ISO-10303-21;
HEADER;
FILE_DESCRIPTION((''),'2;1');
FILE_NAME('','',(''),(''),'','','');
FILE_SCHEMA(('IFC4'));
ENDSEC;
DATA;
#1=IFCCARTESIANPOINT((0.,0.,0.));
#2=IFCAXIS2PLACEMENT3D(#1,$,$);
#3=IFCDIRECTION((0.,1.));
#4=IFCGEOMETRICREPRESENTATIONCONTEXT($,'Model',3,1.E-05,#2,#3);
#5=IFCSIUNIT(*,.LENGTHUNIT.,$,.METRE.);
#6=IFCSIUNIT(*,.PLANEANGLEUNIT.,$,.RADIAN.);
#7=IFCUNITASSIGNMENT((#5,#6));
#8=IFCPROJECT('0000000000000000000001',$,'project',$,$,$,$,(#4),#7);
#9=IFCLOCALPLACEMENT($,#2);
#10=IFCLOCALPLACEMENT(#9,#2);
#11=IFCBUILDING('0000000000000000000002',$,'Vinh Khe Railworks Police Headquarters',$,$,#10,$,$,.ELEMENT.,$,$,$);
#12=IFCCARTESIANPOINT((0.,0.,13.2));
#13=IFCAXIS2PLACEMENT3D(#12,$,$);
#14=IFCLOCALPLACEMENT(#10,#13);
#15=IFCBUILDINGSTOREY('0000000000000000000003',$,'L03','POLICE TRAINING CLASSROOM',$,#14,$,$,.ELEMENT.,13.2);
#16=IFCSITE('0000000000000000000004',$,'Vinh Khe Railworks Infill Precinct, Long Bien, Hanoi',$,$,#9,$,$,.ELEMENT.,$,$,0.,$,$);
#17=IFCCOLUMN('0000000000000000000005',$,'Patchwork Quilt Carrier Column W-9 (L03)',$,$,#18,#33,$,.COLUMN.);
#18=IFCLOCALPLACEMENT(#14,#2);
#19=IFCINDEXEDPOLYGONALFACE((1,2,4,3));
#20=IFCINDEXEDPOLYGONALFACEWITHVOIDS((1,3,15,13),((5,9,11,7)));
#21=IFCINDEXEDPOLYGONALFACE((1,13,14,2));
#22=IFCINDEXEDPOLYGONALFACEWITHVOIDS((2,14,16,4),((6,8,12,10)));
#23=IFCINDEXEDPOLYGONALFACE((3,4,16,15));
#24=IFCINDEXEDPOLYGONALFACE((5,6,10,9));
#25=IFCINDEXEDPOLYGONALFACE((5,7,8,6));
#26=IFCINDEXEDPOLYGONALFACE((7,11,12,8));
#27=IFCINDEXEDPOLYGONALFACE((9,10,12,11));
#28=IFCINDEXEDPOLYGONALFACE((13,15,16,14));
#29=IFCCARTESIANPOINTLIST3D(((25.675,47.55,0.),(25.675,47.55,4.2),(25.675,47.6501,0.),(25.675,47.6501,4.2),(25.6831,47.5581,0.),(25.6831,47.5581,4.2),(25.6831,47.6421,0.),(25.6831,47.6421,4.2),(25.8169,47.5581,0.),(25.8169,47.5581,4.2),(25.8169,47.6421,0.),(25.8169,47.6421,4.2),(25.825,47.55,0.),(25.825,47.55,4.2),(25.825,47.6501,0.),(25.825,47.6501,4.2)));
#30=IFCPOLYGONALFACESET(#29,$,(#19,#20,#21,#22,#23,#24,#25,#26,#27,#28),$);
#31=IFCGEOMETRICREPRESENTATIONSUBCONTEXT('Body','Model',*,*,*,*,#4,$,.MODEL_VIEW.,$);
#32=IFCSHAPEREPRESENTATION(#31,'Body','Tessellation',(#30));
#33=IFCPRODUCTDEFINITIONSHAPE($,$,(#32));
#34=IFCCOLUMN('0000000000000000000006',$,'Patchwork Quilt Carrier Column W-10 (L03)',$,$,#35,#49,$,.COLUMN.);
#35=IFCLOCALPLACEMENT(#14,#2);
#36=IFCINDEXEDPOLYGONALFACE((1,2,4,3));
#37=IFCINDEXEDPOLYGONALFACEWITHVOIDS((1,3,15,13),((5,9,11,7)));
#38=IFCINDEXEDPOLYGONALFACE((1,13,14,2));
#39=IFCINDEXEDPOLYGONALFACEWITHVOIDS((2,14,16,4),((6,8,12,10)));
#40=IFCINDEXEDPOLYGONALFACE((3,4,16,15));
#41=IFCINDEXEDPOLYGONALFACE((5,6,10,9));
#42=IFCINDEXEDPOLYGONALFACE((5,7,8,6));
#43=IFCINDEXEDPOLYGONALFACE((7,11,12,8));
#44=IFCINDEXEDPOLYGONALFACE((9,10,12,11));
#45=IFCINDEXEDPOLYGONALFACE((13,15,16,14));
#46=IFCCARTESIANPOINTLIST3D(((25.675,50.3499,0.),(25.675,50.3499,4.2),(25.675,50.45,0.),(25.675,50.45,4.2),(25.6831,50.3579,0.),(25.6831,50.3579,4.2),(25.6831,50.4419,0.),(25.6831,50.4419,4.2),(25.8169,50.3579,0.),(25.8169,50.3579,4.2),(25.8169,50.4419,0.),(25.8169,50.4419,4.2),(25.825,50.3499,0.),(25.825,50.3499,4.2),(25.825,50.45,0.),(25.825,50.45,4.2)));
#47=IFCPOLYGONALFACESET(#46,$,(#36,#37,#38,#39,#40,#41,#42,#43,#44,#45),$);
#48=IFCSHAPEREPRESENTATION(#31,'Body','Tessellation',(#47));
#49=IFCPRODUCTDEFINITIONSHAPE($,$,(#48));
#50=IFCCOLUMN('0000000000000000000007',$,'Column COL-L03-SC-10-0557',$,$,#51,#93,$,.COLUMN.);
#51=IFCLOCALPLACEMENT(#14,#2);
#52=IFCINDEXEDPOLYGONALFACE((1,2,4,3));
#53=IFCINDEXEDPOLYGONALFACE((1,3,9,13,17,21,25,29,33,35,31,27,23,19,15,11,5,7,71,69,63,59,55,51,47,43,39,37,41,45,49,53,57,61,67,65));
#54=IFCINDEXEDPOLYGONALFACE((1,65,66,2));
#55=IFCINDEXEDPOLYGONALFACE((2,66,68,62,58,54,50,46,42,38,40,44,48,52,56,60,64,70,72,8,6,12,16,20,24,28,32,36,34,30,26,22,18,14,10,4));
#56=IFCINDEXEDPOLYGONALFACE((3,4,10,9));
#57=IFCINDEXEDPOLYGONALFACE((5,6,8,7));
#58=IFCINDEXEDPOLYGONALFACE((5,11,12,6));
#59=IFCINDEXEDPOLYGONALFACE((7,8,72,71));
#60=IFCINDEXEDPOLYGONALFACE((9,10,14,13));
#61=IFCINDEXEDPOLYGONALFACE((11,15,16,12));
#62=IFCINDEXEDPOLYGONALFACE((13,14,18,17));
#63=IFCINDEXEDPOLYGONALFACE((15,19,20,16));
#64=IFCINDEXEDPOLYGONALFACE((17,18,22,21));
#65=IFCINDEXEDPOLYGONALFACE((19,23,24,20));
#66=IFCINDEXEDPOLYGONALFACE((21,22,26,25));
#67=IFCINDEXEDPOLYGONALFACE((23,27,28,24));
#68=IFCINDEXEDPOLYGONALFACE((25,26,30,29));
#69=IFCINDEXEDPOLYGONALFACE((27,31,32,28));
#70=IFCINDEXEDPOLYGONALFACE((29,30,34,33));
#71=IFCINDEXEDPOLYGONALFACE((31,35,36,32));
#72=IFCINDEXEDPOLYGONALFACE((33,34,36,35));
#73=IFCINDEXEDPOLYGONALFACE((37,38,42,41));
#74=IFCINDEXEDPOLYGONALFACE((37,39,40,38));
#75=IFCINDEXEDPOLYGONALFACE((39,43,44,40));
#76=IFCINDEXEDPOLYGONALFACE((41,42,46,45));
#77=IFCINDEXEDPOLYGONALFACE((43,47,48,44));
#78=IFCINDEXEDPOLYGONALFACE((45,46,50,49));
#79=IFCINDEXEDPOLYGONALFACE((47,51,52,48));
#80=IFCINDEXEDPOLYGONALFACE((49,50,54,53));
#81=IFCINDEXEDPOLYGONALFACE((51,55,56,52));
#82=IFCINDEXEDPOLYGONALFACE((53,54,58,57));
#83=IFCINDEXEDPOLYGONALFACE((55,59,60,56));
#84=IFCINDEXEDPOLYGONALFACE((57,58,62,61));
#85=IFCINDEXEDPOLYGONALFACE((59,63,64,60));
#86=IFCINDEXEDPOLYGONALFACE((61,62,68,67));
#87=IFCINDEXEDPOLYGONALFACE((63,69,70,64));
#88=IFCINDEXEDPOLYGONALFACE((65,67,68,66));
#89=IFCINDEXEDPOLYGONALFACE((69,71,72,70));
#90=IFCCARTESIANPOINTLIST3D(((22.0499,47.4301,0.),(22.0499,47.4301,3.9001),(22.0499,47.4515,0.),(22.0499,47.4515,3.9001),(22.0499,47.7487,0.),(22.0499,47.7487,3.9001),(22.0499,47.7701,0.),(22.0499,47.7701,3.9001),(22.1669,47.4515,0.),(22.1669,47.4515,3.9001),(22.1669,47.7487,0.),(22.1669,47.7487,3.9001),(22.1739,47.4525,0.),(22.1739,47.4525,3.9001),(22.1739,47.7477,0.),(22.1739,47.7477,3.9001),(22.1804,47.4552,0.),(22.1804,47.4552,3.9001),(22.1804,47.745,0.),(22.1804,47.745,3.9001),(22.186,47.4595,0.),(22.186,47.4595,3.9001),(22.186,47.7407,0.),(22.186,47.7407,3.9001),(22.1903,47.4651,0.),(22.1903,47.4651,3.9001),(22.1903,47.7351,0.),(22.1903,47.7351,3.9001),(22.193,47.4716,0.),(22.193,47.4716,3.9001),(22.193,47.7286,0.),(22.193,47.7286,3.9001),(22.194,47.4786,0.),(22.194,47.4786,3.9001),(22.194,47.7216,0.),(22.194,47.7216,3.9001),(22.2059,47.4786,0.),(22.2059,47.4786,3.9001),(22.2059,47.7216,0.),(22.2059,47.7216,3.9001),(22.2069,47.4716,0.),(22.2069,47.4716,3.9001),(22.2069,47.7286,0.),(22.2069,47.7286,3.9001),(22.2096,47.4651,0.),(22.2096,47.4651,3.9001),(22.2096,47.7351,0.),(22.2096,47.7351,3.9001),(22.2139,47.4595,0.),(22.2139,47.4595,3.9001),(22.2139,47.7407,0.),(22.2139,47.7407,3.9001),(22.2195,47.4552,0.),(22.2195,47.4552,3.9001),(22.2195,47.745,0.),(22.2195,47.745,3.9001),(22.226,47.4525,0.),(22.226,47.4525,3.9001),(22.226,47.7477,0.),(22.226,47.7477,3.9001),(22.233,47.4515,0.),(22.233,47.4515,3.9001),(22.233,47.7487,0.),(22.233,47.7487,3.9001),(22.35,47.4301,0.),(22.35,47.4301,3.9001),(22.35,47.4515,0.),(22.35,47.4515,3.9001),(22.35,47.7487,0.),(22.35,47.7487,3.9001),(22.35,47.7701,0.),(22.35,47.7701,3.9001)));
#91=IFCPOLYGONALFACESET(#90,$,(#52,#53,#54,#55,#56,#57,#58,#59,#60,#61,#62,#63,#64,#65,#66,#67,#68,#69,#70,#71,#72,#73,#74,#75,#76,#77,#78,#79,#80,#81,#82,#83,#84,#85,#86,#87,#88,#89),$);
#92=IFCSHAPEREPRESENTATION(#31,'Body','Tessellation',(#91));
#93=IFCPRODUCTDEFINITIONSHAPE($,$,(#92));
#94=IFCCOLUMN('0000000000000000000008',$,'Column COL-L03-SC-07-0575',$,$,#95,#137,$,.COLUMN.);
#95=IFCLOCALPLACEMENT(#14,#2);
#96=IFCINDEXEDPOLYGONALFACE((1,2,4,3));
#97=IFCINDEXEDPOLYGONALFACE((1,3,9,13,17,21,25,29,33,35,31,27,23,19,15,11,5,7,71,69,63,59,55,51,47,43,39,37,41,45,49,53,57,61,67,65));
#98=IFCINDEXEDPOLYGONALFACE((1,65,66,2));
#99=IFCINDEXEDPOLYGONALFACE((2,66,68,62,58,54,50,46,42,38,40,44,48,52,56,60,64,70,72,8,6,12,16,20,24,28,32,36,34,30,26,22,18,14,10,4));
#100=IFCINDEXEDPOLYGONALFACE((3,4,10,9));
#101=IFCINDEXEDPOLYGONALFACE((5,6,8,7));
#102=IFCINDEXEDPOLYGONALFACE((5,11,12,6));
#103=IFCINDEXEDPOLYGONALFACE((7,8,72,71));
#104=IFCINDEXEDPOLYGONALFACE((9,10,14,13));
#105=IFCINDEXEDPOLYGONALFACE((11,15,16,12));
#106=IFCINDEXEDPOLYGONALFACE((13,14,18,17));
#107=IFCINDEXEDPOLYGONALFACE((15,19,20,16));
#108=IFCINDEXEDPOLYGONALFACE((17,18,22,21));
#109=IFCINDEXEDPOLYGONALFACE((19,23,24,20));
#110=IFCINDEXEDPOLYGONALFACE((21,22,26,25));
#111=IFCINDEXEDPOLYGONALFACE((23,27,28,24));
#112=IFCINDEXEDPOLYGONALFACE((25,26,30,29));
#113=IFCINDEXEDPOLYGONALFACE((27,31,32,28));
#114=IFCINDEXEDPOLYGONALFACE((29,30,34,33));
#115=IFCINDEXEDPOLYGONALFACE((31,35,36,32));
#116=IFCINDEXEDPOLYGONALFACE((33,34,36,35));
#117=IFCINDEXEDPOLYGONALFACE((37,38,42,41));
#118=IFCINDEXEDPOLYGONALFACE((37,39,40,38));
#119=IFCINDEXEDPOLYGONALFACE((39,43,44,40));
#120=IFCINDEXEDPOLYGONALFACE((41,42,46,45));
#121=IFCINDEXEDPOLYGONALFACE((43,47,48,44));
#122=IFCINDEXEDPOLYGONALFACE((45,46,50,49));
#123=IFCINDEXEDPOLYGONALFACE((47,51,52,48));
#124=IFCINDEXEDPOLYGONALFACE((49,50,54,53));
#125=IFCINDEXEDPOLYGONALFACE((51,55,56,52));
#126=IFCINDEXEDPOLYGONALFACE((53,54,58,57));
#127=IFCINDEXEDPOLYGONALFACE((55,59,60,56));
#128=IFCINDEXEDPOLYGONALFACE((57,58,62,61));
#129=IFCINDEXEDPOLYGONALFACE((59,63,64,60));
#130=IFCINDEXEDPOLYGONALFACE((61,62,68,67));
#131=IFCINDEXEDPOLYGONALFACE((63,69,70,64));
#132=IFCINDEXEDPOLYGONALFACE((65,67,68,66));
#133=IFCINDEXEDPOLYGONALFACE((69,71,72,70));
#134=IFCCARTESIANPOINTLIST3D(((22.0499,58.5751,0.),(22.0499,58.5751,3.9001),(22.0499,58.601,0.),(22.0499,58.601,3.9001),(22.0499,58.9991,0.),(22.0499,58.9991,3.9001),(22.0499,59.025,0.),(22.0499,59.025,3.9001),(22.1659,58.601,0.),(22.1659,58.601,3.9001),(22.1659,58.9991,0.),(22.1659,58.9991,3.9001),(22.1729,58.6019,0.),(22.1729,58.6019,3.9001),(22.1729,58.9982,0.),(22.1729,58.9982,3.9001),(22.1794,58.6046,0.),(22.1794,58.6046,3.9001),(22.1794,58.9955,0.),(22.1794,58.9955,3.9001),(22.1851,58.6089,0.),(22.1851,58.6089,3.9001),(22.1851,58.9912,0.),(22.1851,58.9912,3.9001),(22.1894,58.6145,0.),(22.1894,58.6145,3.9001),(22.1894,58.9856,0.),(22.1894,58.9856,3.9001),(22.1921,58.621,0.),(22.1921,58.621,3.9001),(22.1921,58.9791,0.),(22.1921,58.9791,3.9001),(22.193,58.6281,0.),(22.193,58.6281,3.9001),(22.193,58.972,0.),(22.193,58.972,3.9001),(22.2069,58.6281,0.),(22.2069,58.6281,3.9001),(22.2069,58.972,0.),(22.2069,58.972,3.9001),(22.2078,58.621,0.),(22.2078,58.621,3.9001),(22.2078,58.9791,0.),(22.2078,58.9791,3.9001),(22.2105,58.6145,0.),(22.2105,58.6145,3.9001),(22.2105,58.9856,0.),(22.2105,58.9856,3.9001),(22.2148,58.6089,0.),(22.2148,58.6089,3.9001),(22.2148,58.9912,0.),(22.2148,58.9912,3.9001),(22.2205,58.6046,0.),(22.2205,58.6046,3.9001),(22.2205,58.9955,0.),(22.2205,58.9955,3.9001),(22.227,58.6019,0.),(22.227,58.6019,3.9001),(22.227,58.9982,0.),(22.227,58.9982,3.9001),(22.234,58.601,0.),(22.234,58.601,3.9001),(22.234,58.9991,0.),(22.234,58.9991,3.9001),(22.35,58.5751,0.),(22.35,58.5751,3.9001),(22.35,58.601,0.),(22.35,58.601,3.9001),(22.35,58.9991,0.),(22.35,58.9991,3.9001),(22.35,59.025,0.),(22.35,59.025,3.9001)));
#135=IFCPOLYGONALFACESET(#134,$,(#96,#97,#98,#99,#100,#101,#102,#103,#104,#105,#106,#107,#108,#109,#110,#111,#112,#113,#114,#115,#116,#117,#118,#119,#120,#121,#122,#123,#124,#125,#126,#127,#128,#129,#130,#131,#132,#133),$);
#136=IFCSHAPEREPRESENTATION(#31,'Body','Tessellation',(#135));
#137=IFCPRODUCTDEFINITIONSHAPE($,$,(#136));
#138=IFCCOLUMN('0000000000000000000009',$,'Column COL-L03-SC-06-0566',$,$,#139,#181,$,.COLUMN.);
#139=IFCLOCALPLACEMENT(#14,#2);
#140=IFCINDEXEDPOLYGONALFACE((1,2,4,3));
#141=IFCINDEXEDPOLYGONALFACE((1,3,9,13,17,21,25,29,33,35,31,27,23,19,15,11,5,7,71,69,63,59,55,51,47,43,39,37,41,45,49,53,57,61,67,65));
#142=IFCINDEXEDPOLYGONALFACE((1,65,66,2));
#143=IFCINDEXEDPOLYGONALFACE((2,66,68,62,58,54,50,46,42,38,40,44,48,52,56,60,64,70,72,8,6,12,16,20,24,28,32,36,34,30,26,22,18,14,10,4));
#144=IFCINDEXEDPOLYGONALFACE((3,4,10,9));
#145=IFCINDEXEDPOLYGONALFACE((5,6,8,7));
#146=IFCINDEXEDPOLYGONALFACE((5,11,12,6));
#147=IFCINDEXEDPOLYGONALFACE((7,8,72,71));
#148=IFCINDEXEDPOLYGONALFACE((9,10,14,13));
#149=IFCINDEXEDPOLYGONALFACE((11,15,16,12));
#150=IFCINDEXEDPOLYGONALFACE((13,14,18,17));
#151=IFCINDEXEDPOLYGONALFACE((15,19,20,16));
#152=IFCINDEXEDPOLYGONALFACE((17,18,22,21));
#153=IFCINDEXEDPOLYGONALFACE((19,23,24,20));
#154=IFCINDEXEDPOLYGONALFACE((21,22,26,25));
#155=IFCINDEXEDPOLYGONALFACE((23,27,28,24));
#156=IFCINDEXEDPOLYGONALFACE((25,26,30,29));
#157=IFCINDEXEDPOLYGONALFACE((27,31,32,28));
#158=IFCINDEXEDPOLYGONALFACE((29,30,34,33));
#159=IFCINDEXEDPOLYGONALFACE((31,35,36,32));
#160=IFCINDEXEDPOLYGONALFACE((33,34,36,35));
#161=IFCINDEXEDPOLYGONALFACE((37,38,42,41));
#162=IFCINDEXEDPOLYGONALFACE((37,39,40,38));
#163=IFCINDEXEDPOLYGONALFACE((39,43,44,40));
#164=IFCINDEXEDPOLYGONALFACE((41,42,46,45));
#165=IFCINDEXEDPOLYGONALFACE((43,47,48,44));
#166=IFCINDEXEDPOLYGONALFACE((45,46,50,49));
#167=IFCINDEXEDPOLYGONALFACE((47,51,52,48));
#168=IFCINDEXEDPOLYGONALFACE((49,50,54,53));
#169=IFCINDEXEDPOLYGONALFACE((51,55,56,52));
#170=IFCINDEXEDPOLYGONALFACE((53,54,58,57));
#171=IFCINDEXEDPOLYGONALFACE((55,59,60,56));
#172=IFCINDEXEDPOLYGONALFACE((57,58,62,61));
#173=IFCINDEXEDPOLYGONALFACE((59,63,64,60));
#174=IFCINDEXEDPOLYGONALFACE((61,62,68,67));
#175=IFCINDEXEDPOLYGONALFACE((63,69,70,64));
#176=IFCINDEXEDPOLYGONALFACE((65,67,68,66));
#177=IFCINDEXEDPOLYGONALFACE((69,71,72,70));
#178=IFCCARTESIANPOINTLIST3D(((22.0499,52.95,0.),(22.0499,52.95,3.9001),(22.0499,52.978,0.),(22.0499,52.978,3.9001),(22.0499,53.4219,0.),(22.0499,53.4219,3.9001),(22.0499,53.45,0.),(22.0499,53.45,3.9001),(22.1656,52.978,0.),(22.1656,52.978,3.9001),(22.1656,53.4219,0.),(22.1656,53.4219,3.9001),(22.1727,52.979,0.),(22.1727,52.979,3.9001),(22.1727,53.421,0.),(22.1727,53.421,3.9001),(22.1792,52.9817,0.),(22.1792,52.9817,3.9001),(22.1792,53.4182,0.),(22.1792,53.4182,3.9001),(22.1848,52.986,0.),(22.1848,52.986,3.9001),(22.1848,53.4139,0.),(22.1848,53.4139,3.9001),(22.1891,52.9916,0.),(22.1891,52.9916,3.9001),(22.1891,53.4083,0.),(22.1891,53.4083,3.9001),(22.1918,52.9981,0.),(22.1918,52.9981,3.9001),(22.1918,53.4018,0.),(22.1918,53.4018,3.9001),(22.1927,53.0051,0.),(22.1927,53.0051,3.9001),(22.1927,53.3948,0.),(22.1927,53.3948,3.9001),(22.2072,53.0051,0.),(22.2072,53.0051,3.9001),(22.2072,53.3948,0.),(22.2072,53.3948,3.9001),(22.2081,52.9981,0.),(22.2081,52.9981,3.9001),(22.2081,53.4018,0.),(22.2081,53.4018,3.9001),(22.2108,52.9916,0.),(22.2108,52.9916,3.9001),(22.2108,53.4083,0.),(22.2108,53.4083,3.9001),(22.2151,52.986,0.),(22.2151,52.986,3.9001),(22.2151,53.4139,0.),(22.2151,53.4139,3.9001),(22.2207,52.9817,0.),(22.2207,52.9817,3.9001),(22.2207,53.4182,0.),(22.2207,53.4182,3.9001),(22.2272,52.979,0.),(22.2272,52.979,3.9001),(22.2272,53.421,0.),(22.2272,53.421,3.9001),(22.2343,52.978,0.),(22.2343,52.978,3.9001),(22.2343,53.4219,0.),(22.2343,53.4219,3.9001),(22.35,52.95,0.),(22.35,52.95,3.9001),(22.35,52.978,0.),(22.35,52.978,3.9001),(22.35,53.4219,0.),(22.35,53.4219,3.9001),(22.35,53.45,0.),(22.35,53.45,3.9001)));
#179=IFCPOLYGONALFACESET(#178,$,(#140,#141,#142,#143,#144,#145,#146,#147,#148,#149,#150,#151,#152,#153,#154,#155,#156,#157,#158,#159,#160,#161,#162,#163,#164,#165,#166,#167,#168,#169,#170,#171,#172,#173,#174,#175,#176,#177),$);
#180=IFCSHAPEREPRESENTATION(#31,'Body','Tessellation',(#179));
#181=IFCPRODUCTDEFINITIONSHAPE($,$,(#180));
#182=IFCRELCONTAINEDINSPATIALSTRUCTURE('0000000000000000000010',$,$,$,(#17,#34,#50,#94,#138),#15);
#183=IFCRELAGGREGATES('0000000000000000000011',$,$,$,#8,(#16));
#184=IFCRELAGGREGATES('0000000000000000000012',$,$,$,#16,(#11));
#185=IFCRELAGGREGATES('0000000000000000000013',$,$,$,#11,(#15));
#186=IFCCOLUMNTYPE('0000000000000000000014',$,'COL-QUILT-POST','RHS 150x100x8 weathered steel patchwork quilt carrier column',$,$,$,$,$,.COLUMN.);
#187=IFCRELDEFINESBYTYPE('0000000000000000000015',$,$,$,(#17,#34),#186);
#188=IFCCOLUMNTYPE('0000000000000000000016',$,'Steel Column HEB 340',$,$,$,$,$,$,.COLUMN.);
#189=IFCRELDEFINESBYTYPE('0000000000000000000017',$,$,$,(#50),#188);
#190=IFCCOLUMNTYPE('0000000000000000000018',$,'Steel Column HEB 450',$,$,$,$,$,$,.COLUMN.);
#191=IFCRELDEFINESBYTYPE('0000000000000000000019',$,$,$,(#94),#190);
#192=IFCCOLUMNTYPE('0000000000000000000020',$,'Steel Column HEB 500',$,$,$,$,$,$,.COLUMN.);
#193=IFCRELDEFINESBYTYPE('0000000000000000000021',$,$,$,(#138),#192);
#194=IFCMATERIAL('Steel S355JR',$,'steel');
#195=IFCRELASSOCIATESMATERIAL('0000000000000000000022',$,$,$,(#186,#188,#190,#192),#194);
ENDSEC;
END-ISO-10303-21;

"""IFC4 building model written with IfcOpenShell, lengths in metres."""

from ifc_helpers import new_model, si_unit, direction, frame, origin, origin_2d, place, context, subcontext, project, spatial, hollow_rectangle, i_section, extrude, material, material_profile, profile_set, type_object, element, save


model = new_model("IFC4")

# Units and contexts
model_context = context("Model", 3, precision=1e-05, world=origin(), true_north=direction((0.0, 1.0)))
body_context = subcontext(model_context, "Body", "Model", "MODEL_VIEW")
ifc_project = project(units=[si_unit("LENGTHUNIT", "METRE"), si_unit("PLANEANGLEUNIT", "RADIAN")], contexts=[model_context])

# Site, building, storey
site_placement = place(None, origin())
site = spatial("IfcSite", under=ifc_project, at=site_placement, Name="Vinh Khe Railworks Infill Precinct, Long Bien, Hanoi", CompositionType="ELEMENT", RefElevation=0.0)
building_placement = place(site_placement, origin())
building = spatial("IfcBuilding", under=site, at=building_placement, Name="Vinh Khe Railworks Police Headquarters", CompositionType="ELEMENT")
storey_placement = place(building_placement, frame((0.0, 0.0, 13.2)))
storey = spatial("IfcBuildingStorey", under=building, at=storey_placement, Name="L03", Description="POLICE TRAINING CLASSROOM", CompositionType="ELEMENT", Elevation=13.2)

# Columns
ifc_material_1 = material(Name="Steel S355JR", Category="steel")
ifc_material_profile_1 = material_profile(ifc_material_1, hollow_rectangle(XDim=0.1499, YDim=0.1001, WallThickness=0.0081, at=origin_2d()), Name="RHS 150x100x8")
ifc_profile_set_1 = profile_set([ifc_material_profile_1], Name="Steel S355JR")
column_type_1 = type_object("IfcColumnType", Name="COL-QUILT-POST", Description="RHS 150x100x8 weathered steel patchwork quilt carrier column", PredefinedType="COLUMN", material=ifc_profile_set_1)
for number, where, z_axis, x_axis, name in (
    (1, (25.75, 47.6001, 0.0), (0.0, 0.0, 1.0), (1.0, 0.0, 0.0), "Patchwork Quilt Carrier Column W-9 (L03)"),
    (2, (25.75, 50.3999, 0.0), (0.0, 0.0, 1.0), (1.0, 0.0, 0.0), "Patchwork Quilt Carrier Column W-10 (L03)"),
):
    element("IfcColumn", number, at=place(storey_placement, frame(where, z_axis=z_axis, x_axis=x_axis)), inside=storey, type_object=column_type_1, Name=name, PredefinedType="COLUMN", context=body_context, shape_type="SweptSolid", body=[
        extrude(hollow_rectangle(XDim=0.1499, YDim=0.1001, WallThickness=0.0081, at=origin_2d()), origin(), (0.0, 0.0, 1.0), 4.2),
    ])
ifc_material_profile_2 = material_profile(ifc_material_1, i_section(OverallWidth=0.3, OverallDepth=0.3401, WebThickness=0.012, FlangeThickness=0.0215, FilletRadius=0.0271, at=origin_2d()), Name="HEB 340")
ifc_profile_set_2 = profile_set([ifc_material_profile_2], Name="Steel S355JR")
column_type_2 = type_object("IfcColumnType", Name="Steel Column HEB 340", PredefinedType="COLUMN", material=ifc_profile_set_2)
column_1_placement = place(storey_placement, frame((22.2, 47.6001, 0.0), z_axis=(0.0, 0.0, 1.0), x_axis=(1.0, 0.0, 0.0)))
element("IfcColumn", 3, at=column_1_placement, inside=storey, type_object=column_type_2, Name="Column COL-L03-SC-10-0557", PredefinedType="COLUMN", context=body_context, shape_type="SweptSolid", body=[
    extrude(i_section(OverallWidth=0.3, OverallDepth=0.3401, WebThickness=0.012, FlangeThickness=0.0215, FilletRadius=0.0271, at=origin_2d()), origin(), (0.0, 0.0, 1.0), 3.9001),
])
ifc_material_profile_3 = material_profile(ifc_material_1, i_section(OverallWidth=0.3, OverallDepth=0.45, WebThickness=0.0139, FlangeThickness=0.0259, FilletRadius=0.0271, at=origin_2d()), Name="HEB 450")
ifc_profile_set_3 = profile_set([ifc_material_profile_3], Name="Steel S355JR")
column_type_3 = type_object("IfcColumnType", Name="Steel Column HEB 450", PredefinedType="COLUMN", material=ifc_profile_set_3)
column_2_placement = place(storey_placement, frame((22.2, 58.8, 0.0), z_axis=(0.0, 0.0, 1.0), x_axis=(1.0, 0.0, 0.0)))
element("IfcColumn", 4, at=column_2_placement, inside=storey, type_object=column_type_3, Name="Column COL-L03-SC-07-0575", PredefinedType="COLUMN", context=body_context, shape_type="SweptSolid", body=[
    extrude(i_section(OverallWidth=0.3, OverallDepth=0.45, WebThickness=0.0139, FlangeThickness=0.0259, FilletRadius=0.0271, at=origin_2d()), origin(), (0.0, 0.0, 1.0), 3.9001),
])
ifc_material_profile_4 = material_profile(ifc_material_1, i_section(OverallWidth=0.3, OverallDepth=0.5, WebThickness=0.0144, FlangeThickness=0.0281, FilletRadius=0.0271, at=origin_2d()), Name="HEB 500")
ifc_profile_set_4 = profile_set([ifc_material_profile_4], Name="Steel S355JR")
column_type_4 = type_object("IfcColumnType", Name="Steel Column HEB 500", PredefinedType="COLUMN", material=ifc_profile_set_4)
column_3_placement = place(storey_placement, frame((22.2, 53.2, 0.0), z_axis=(0.0, 0.0, 1.0), x_axis=(1.0, 0.0, 0.0)))
element("IfcColumn", 5, at=column_3_placement, inside=storey, type_object=column_type_4, Name="Column COL-L03-SC-06-0566", PredefinedType="COLUMN", context=body_context, shape_type="SweptSolid", body=[
    extrude(i_section(OverallWidth=0.3, OverallDepth=0.5, WebThickness=0.0144, FlangeThickness=0.0281, FilletRadius=0.0271, at=origin_2d()), origin(), (0.0, 0.0, 1.0), 3.9001),
])

save(model, "model.ifc")
